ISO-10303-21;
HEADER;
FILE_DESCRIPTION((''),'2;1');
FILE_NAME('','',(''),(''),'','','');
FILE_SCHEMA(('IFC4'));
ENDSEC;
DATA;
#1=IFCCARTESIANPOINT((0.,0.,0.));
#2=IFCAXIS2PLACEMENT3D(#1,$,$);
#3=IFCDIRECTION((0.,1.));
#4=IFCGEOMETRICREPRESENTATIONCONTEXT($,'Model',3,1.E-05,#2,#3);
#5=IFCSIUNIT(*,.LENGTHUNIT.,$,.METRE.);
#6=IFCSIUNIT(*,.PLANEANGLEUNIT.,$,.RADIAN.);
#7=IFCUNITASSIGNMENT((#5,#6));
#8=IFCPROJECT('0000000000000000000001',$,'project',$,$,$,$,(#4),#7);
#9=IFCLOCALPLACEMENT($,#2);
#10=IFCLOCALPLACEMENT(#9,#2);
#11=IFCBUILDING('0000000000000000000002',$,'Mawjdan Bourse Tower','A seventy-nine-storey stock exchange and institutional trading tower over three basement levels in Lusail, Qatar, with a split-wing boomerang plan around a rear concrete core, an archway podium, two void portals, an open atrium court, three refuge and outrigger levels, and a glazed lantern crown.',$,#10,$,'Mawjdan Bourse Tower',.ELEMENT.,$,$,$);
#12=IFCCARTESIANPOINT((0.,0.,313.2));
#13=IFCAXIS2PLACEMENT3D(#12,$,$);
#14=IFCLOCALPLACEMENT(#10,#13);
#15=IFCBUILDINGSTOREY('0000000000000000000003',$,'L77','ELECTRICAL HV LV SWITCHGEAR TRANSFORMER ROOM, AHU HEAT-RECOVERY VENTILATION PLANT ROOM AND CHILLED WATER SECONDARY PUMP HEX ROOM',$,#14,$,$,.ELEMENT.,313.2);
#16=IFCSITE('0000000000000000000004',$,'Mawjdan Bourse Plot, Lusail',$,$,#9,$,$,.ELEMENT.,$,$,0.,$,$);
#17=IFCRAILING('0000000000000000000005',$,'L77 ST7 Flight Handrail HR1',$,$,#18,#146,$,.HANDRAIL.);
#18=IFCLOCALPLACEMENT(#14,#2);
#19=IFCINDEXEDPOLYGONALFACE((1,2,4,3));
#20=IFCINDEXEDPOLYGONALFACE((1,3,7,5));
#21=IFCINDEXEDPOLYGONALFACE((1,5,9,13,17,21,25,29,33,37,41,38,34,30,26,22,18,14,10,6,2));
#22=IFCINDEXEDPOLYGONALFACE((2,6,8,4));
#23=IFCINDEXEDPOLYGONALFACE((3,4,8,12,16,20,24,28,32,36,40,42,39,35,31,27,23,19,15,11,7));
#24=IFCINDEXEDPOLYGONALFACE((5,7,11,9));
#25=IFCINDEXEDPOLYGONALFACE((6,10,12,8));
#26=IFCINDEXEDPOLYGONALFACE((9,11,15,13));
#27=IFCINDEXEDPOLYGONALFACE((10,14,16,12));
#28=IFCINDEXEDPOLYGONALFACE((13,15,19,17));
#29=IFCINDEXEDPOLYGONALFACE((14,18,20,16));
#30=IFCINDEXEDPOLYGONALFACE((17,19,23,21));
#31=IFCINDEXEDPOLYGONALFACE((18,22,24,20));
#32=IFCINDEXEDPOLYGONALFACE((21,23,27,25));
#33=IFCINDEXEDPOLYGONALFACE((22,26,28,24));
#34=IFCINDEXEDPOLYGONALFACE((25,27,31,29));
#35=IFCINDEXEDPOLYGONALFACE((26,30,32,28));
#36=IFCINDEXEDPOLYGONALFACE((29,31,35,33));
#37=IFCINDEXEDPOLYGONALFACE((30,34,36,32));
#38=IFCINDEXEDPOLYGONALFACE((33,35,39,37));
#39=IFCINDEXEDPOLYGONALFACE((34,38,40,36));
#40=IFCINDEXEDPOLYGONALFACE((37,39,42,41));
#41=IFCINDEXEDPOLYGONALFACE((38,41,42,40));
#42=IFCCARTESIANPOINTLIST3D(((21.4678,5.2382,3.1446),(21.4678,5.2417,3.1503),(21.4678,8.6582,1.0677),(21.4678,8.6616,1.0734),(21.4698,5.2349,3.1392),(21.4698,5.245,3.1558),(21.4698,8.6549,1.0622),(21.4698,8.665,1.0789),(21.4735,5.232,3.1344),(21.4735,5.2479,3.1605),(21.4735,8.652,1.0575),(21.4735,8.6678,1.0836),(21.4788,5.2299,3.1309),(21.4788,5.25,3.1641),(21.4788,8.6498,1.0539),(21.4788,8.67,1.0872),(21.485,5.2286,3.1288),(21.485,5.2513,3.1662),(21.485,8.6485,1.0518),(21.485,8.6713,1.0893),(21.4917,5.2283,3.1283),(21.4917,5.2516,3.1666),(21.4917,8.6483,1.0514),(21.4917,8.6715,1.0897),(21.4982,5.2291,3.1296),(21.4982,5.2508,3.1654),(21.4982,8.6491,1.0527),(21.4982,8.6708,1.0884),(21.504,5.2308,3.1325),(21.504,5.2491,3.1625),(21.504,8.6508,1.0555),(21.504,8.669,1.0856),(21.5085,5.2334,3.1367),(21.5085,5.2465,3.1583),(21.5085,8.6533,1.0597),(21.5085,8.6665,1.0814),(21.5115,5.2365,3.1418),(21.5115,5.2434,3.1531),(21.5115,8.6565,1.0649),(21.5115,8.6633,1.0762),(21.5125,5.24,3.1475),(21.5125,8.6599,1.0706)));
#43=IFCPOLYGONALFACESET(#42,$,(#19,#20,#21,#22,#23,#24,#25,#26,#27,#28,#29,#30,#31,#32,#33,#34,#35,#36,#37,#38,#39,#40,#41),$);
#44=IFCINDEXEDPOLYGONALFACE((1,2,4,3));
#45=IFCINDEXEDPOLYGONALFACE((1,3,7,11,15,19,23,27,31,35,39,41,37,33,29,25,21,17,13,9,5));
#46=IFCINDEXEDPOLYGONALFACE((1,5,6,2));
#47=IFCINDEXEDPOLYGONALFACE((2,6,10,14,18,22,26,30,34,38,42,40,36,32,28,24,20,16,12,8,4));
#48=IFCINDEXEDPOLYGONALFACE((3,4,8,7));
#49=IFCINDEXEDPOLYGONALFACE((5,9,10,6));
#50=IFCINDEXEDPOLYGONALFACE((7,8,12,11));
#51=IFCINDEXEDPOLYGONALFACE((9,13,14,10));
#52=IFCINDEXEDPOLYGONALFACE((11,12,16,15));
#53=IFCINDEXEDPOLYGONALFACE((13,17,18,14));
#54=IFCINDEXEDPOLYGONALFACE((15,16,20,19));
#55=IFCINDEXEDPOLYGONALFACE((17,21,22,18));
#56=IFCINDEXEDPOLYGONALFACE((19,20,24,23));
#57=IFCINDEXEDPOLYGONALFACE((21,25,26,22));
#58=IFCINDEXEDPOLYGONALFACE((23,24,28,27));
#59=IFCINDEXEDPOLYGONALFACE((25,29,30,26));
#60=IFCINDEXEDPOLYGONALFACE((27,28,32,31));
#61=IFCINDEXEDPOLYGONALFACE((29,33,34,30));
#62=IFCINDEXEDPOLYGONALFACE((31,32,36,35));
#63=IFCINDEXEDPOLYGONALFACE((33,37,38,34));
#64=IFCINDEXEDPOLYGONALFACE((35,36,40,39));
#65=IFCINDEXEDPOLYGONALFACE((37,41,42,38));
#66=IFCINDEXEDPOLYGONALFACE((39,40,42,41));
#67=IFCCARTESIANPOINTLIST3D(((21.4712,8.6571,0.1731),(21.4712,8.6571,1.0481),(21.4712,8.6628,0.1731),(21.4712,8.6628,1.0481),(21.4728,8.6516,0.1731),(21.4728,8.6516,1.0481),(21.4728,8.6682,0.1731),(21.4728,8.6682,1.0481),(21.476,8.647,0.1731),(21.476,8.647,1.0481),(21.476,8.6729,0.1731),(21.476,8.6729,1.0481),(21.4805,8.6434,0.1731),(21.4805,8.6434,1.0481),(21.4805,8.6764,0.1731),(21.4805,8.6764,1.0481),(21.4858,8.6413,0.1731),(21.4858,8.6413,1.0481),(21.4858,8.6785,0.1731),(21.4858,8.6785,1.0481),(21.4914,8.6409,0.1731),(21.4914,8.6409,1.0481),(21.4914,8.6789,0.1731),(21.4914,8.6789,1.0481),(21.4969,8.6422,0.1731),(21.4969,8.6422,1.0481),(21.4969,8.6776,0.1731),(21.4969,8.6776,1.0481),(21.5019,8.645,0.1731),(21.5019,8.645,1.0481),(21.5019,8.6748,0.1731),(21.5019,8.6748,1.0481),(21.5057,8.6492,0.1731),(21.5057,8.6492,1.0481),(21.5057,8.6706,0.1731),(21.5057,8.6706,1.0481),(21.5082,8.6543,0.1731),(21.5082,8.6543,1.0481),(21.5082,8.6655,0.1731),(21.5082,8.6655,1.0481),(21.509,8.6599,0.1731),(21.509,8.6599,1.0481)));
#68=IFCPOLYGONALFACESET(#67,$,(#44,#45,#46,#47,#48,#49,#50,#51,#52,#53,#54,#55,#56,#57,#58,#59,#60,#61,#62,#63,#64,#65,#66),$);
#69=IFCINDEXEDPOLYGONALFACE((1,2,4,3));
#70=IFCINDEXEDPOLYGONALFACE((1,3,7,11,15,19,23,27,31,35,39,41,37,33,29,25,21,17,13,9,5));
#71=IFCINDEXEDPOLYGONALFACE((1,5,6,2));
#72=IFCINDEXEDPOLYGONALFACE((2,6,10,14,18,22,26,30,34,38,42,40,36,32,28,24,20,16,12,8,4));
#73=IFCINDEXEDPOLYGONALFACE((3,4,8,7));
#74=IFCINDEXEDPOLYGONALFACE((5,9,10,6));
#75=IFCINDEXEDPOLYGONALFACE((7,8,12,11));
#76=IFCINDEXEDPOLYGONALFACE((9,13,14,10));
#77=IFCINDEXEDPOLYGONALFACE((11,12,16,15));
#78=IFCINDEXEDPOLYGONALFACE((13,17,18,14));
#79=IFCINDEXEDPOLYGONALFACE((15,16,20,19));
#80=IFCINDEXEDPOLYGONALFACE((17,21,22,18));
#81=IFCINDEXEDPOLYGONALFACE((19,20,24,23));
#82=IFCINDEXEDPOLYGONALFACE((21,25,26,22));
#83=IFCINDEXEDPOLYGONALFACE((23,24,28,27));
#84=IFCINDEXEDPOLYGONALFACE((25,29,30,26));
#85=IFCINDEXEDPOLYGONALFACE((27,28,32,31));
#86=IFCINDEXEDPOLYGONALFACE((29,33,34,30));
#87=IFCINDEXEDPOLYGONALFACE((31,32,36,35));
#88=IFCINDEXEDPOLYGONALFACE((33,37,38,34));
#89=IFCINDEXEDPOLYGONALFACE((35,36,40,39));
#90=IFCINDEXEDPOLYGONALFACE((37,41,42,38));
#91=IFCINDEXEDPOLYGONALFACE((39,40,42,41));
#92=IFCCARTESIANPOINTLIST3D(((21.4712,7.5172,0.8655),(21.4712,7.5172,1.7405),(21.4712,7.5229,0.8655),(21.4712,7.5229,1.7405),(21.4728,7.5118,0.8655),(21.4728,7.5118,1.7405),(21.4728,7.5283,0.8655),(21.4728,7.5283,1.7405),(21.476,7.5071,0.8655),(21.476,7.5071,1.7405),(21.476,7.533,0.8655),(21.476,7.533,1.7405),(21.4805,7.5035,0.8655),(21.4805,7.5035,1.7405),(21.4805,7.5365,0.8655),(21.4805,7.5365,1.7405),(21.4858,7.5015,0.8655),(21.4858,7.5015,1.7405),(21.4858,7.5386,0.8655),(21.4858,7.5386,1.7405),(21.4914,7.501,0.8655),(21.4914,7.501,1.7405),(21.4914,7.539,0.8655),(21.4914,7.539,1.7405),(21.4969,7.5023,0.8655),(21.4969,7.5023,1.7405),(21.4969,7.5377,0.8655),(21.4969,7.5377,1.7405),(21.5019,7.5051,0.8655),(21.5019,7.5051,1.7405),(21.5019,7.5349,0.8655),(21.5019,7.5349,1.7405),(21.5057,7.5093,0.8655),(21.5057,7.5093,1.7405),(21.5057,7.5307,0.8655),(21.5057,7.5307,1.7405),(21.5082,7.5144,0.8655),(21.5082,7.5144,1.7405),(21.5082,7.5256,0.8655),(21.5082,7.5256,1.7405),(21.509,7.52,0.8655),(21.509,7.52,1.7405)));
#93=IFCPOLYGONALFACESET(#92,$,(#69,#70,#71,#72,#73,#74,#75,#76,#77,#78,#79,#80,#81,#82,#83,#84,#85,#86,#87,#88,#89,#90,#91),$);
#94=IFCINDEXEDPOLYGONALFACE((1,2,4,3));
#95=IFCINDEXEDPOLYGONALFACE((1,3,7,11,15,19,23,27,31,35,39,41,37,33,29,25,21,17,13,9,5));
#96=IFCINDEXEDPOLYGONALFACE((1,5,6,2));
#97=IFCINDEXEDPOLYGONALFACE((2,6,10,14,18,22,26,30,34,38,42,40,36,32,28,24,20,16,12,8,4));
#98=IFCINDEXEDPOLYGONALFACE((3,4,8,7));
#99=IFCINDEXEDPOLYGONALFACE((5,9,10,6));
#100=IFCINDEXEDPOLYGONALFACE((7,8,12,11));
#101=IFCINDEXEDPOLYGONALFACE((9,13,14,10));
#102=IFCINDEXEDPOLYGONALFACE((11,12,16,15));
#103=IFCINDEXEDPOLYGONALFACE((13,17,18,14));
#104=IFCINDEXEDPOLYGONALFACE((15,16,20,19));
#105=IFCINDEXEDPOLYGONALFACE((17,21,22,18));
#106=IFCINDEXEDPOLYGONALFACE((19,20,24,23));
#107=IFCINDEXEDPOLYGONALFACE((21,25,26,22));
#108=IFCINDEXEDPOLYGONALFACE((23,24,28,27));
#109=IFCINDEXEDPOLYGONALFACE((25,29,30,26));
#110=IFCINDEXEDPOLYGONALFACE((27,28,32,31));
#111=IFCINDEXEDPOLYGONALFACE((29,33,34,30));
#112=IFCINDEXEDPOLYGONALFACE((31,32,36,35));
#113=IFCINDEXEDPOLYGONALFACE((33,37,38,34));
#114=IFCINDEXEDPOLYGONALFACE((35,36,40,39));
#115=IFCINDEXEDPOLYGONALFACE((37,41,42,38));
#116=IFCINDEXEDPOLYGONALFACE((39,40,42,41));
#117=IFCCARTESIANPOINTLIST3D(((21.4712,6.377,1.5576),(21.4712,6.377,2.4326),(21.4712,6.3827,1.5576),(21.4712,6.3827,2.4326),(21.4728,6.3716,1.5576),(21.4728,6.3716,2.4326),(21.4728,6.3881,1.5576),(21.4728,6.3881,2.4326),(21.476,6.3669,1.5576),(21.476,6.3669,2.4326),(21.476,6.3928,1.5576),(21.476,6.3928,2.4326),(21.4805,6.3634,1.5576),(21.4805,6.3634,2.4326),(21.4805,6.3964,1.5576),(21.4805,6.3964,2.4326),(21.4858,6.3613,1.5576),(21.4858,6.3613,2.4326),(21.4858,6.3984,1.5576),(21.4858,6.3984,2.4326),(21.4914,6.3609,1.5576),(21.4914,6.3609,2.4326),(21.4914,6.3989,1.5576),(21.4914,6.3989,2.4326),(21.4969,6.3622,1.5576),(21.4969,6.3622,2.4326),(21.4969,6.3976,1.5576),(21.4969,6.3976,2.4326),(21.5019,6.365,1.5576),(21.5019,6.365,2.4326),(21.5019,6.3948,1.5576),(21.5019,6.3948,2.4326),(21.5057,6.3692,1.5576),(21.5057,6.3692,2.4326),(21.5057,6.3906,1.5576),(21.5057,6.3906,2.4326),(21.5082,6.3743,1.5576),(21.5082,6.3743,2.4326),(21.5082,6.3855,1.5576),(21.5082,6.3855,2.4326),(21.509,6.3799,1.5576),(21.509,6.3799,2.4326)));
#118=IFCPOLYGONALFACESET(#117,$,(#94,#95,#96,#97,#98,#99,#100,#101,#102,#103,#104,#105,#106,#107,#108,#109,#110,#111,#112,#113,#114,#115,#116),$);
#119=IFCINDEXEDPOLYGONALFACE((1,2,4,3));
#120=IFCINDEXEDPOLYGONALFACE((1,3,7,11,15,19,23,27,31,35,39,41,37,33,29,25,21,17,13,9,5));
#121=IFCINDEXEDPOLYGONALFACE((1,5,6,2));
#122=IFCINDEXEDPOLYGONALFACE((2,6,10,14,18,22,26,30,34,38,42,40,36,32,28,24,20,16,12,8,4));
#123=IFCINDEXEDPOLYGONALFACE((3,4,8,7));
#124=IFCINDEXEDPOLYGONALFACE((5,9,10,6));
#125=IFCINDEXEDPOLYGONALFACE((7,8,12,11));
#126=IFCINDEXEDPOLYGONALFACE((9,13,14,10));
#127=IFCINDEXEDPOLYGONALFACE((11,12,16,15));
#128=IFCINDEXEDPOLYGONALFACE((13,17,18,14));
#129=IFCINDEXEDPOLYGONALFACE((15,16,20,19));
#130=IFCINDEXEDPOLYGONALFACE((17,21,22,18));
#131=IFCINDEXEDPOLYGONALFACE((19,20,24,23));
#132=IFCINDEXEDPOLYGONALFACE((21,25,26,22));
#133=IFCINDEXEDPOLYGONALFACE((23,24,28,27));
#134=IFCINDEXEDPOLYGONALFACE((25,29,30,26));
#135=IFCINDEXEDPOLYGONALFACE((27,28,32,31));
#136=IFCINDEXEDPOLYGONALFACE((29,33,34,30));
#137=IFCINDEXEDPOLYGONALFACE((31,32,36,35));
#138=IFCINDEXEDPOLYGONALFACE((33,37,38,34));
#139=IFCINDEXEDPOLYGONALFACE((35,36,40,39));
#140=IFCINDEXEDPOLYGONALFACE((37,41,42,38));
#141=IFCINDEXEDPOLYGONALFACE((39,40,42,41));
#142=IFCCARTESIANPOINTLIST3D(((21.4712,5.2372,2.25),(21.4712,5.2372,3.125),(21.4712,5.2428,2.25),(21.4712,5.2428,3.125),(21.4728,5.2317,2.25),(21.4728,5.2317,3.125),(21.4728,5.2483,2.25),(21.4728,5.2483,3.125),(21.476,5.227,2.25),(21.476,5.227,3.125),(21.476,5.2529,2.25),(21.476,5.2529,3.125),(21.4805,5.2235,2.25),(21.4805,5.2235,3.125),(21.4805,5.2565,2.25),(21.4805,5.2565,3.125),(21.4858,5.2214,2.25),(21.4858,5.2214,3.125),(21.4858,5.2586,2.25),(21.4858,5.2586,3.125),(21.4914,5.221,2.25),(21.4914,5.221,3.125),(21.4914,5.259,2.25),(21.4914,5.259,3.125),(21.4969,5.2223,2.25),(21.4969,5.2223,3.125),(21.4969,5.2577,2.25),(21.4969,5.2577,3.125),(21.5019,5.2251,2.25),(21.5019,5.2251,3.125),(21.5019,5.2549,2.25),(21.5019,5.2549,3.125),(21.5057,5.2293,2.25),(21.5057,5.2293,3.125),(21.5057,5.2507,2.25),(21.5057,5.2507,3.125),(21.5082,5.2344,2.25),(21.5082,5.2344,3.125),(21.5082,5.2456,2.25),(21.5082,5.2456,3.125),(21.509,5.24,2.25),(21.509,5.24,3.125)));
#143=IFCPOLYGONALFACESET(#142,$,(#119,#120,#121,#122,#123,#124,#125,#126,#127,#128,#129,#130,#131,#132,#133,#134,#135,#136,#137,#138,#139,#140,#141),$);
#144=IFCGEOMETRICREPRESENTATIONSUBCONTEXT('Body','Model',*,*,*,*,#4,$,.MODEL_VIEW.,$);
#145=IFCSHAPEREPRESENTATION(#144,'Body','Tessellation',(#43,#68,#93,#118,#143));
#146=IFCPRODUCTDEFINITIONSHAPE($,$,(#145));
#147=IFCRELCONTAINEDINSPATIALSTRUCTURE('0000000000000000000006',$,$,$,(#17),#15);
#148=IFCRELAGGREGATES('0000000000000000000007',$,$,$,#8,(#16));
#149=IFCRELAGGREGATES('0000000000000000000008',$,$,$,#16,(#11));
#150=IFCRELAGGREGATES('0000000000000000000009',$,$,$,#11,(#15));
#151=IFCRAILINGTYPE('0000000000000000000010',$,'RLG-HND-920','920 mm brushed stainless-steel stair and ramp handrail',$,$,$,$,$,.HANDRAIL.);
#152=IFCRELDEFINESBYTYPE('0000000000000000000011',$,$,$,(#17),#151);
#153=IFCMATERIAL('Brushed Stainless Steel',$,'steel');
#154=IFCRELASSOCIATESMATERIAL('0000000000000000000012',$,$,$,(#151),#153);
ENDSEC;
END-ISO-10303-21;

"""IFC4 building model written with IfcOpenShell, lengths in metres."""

from ifc_helpers import new_model, si_unit, direction, frame, origin, origin_2d, place, context, subcontext, project, spatial, circle, extrude, material, type_object, element, save


model = new_model("IFC4")

# Units and contexts
model_context = context("Model", 3, precision=1e-05, world=origin(), true_north=direction((0.0, 1.0)))
body_context = subcontext(model_context, "Body", "Model", "MODEL_VIEW")
ifc_project = project(units=[si_unit("LENGTHUNIT", "METRE"), si_unit("PLANEANGLEUNIT", "RADIAN")], contexts=[model_context])

# Site, building, storey
site_placement = place(None, origin())
site = spatial("IfcSite", under=ifc_project, at=site_placement, Name="Mawjdan Bourse Plot, Lusail", CompositionType="ELEMENT", RefElevation=0.0)
building_placement = place(site_placement, origin())
building = spatial("IfcBuilding", under=site, at=building_placement, Name="Mawjdan Bourse Tower", Description="A seventy-nine-storey stock exchange and institutional trading tower over three basement levels in Lusail, Qatar, with a split-wing boomerang plan around a rear concrete core, an archway podium, two void portals, an open atrium court, three refuge and outrigger levels, and a glazed lantern crown.", LongName="Mawjdan Bourse Tower", CompositionType="ELEMENT")
storey_placement = place(building_placement, frame((0.0, 0.0, 313.2)))
storey = spatial("IfcBuildingStorey", under=building, at=storey_placement, Name="L77", Description="ELECTRICAL HV LV SWITCHGEAR TRANSFORMER ROOM, AHU HEAT-RECOVERY VENTILATION PLANT ROOM AND CHILLED WATER SECONDARY PUMP HEX ROOM", CompositionType="ELEMENT", Elevation=313.2)

# Railing
ifc_material_1 = material(Name="Brushed Stainless Steel", Category="steel")
railing_type_1 = type_object("IfcRailingType", Name="RLG-HND-920", Description="920 mm brushed stainless-steel stair and ramp handrail", PredefinedType="HANDRAIL", material=ifc_material_1)
railing_1_placement = place(storey_placement, frame((21.49, 8.6599, 0.1731)))
element("IfcRailing", 1, at=railing_1_placement, inside=storey, type_object=railing_type_1, Name="L77 ST7 Flight Handrail HR1", PredefinedType="HANDRAIL", context=body_context, shape_type="SweptSolid", body=[
    extrude(circle(Radius=0.0225, at=origin_2d()), frame((0.0, 0.0, 0.8975), z_axis=(0.0, -0.85473, 0.519074), x_axis=(1.0, 0.0, 0.0)), (0.0, 0.0, 1.0), 4.0012),
    extrude(circle(Radius=0.019, at=origin_2d()), origin(), (0.0, 0.0, 1.0), 0.875),
    extrude(circle(Radius=0.019, at=origin_2d()), frame((0.0, -1.1399, 0.6924)), (0.0, 0.0, 1.0), 0.875),
    extrude(circle(Radius=0.019, at=origin_2d()), frame((0.0, -2.28, 1.3845)), (0.0, 0.0, 1.0), 0.875),
    extrude(circle(Radius=0.019, at=origin_2d()), frame((0.0, -3.4199, 2.0769)), (0.0, 0.0, 1.0), 0.875),
])

save(model, "model.ifc")
